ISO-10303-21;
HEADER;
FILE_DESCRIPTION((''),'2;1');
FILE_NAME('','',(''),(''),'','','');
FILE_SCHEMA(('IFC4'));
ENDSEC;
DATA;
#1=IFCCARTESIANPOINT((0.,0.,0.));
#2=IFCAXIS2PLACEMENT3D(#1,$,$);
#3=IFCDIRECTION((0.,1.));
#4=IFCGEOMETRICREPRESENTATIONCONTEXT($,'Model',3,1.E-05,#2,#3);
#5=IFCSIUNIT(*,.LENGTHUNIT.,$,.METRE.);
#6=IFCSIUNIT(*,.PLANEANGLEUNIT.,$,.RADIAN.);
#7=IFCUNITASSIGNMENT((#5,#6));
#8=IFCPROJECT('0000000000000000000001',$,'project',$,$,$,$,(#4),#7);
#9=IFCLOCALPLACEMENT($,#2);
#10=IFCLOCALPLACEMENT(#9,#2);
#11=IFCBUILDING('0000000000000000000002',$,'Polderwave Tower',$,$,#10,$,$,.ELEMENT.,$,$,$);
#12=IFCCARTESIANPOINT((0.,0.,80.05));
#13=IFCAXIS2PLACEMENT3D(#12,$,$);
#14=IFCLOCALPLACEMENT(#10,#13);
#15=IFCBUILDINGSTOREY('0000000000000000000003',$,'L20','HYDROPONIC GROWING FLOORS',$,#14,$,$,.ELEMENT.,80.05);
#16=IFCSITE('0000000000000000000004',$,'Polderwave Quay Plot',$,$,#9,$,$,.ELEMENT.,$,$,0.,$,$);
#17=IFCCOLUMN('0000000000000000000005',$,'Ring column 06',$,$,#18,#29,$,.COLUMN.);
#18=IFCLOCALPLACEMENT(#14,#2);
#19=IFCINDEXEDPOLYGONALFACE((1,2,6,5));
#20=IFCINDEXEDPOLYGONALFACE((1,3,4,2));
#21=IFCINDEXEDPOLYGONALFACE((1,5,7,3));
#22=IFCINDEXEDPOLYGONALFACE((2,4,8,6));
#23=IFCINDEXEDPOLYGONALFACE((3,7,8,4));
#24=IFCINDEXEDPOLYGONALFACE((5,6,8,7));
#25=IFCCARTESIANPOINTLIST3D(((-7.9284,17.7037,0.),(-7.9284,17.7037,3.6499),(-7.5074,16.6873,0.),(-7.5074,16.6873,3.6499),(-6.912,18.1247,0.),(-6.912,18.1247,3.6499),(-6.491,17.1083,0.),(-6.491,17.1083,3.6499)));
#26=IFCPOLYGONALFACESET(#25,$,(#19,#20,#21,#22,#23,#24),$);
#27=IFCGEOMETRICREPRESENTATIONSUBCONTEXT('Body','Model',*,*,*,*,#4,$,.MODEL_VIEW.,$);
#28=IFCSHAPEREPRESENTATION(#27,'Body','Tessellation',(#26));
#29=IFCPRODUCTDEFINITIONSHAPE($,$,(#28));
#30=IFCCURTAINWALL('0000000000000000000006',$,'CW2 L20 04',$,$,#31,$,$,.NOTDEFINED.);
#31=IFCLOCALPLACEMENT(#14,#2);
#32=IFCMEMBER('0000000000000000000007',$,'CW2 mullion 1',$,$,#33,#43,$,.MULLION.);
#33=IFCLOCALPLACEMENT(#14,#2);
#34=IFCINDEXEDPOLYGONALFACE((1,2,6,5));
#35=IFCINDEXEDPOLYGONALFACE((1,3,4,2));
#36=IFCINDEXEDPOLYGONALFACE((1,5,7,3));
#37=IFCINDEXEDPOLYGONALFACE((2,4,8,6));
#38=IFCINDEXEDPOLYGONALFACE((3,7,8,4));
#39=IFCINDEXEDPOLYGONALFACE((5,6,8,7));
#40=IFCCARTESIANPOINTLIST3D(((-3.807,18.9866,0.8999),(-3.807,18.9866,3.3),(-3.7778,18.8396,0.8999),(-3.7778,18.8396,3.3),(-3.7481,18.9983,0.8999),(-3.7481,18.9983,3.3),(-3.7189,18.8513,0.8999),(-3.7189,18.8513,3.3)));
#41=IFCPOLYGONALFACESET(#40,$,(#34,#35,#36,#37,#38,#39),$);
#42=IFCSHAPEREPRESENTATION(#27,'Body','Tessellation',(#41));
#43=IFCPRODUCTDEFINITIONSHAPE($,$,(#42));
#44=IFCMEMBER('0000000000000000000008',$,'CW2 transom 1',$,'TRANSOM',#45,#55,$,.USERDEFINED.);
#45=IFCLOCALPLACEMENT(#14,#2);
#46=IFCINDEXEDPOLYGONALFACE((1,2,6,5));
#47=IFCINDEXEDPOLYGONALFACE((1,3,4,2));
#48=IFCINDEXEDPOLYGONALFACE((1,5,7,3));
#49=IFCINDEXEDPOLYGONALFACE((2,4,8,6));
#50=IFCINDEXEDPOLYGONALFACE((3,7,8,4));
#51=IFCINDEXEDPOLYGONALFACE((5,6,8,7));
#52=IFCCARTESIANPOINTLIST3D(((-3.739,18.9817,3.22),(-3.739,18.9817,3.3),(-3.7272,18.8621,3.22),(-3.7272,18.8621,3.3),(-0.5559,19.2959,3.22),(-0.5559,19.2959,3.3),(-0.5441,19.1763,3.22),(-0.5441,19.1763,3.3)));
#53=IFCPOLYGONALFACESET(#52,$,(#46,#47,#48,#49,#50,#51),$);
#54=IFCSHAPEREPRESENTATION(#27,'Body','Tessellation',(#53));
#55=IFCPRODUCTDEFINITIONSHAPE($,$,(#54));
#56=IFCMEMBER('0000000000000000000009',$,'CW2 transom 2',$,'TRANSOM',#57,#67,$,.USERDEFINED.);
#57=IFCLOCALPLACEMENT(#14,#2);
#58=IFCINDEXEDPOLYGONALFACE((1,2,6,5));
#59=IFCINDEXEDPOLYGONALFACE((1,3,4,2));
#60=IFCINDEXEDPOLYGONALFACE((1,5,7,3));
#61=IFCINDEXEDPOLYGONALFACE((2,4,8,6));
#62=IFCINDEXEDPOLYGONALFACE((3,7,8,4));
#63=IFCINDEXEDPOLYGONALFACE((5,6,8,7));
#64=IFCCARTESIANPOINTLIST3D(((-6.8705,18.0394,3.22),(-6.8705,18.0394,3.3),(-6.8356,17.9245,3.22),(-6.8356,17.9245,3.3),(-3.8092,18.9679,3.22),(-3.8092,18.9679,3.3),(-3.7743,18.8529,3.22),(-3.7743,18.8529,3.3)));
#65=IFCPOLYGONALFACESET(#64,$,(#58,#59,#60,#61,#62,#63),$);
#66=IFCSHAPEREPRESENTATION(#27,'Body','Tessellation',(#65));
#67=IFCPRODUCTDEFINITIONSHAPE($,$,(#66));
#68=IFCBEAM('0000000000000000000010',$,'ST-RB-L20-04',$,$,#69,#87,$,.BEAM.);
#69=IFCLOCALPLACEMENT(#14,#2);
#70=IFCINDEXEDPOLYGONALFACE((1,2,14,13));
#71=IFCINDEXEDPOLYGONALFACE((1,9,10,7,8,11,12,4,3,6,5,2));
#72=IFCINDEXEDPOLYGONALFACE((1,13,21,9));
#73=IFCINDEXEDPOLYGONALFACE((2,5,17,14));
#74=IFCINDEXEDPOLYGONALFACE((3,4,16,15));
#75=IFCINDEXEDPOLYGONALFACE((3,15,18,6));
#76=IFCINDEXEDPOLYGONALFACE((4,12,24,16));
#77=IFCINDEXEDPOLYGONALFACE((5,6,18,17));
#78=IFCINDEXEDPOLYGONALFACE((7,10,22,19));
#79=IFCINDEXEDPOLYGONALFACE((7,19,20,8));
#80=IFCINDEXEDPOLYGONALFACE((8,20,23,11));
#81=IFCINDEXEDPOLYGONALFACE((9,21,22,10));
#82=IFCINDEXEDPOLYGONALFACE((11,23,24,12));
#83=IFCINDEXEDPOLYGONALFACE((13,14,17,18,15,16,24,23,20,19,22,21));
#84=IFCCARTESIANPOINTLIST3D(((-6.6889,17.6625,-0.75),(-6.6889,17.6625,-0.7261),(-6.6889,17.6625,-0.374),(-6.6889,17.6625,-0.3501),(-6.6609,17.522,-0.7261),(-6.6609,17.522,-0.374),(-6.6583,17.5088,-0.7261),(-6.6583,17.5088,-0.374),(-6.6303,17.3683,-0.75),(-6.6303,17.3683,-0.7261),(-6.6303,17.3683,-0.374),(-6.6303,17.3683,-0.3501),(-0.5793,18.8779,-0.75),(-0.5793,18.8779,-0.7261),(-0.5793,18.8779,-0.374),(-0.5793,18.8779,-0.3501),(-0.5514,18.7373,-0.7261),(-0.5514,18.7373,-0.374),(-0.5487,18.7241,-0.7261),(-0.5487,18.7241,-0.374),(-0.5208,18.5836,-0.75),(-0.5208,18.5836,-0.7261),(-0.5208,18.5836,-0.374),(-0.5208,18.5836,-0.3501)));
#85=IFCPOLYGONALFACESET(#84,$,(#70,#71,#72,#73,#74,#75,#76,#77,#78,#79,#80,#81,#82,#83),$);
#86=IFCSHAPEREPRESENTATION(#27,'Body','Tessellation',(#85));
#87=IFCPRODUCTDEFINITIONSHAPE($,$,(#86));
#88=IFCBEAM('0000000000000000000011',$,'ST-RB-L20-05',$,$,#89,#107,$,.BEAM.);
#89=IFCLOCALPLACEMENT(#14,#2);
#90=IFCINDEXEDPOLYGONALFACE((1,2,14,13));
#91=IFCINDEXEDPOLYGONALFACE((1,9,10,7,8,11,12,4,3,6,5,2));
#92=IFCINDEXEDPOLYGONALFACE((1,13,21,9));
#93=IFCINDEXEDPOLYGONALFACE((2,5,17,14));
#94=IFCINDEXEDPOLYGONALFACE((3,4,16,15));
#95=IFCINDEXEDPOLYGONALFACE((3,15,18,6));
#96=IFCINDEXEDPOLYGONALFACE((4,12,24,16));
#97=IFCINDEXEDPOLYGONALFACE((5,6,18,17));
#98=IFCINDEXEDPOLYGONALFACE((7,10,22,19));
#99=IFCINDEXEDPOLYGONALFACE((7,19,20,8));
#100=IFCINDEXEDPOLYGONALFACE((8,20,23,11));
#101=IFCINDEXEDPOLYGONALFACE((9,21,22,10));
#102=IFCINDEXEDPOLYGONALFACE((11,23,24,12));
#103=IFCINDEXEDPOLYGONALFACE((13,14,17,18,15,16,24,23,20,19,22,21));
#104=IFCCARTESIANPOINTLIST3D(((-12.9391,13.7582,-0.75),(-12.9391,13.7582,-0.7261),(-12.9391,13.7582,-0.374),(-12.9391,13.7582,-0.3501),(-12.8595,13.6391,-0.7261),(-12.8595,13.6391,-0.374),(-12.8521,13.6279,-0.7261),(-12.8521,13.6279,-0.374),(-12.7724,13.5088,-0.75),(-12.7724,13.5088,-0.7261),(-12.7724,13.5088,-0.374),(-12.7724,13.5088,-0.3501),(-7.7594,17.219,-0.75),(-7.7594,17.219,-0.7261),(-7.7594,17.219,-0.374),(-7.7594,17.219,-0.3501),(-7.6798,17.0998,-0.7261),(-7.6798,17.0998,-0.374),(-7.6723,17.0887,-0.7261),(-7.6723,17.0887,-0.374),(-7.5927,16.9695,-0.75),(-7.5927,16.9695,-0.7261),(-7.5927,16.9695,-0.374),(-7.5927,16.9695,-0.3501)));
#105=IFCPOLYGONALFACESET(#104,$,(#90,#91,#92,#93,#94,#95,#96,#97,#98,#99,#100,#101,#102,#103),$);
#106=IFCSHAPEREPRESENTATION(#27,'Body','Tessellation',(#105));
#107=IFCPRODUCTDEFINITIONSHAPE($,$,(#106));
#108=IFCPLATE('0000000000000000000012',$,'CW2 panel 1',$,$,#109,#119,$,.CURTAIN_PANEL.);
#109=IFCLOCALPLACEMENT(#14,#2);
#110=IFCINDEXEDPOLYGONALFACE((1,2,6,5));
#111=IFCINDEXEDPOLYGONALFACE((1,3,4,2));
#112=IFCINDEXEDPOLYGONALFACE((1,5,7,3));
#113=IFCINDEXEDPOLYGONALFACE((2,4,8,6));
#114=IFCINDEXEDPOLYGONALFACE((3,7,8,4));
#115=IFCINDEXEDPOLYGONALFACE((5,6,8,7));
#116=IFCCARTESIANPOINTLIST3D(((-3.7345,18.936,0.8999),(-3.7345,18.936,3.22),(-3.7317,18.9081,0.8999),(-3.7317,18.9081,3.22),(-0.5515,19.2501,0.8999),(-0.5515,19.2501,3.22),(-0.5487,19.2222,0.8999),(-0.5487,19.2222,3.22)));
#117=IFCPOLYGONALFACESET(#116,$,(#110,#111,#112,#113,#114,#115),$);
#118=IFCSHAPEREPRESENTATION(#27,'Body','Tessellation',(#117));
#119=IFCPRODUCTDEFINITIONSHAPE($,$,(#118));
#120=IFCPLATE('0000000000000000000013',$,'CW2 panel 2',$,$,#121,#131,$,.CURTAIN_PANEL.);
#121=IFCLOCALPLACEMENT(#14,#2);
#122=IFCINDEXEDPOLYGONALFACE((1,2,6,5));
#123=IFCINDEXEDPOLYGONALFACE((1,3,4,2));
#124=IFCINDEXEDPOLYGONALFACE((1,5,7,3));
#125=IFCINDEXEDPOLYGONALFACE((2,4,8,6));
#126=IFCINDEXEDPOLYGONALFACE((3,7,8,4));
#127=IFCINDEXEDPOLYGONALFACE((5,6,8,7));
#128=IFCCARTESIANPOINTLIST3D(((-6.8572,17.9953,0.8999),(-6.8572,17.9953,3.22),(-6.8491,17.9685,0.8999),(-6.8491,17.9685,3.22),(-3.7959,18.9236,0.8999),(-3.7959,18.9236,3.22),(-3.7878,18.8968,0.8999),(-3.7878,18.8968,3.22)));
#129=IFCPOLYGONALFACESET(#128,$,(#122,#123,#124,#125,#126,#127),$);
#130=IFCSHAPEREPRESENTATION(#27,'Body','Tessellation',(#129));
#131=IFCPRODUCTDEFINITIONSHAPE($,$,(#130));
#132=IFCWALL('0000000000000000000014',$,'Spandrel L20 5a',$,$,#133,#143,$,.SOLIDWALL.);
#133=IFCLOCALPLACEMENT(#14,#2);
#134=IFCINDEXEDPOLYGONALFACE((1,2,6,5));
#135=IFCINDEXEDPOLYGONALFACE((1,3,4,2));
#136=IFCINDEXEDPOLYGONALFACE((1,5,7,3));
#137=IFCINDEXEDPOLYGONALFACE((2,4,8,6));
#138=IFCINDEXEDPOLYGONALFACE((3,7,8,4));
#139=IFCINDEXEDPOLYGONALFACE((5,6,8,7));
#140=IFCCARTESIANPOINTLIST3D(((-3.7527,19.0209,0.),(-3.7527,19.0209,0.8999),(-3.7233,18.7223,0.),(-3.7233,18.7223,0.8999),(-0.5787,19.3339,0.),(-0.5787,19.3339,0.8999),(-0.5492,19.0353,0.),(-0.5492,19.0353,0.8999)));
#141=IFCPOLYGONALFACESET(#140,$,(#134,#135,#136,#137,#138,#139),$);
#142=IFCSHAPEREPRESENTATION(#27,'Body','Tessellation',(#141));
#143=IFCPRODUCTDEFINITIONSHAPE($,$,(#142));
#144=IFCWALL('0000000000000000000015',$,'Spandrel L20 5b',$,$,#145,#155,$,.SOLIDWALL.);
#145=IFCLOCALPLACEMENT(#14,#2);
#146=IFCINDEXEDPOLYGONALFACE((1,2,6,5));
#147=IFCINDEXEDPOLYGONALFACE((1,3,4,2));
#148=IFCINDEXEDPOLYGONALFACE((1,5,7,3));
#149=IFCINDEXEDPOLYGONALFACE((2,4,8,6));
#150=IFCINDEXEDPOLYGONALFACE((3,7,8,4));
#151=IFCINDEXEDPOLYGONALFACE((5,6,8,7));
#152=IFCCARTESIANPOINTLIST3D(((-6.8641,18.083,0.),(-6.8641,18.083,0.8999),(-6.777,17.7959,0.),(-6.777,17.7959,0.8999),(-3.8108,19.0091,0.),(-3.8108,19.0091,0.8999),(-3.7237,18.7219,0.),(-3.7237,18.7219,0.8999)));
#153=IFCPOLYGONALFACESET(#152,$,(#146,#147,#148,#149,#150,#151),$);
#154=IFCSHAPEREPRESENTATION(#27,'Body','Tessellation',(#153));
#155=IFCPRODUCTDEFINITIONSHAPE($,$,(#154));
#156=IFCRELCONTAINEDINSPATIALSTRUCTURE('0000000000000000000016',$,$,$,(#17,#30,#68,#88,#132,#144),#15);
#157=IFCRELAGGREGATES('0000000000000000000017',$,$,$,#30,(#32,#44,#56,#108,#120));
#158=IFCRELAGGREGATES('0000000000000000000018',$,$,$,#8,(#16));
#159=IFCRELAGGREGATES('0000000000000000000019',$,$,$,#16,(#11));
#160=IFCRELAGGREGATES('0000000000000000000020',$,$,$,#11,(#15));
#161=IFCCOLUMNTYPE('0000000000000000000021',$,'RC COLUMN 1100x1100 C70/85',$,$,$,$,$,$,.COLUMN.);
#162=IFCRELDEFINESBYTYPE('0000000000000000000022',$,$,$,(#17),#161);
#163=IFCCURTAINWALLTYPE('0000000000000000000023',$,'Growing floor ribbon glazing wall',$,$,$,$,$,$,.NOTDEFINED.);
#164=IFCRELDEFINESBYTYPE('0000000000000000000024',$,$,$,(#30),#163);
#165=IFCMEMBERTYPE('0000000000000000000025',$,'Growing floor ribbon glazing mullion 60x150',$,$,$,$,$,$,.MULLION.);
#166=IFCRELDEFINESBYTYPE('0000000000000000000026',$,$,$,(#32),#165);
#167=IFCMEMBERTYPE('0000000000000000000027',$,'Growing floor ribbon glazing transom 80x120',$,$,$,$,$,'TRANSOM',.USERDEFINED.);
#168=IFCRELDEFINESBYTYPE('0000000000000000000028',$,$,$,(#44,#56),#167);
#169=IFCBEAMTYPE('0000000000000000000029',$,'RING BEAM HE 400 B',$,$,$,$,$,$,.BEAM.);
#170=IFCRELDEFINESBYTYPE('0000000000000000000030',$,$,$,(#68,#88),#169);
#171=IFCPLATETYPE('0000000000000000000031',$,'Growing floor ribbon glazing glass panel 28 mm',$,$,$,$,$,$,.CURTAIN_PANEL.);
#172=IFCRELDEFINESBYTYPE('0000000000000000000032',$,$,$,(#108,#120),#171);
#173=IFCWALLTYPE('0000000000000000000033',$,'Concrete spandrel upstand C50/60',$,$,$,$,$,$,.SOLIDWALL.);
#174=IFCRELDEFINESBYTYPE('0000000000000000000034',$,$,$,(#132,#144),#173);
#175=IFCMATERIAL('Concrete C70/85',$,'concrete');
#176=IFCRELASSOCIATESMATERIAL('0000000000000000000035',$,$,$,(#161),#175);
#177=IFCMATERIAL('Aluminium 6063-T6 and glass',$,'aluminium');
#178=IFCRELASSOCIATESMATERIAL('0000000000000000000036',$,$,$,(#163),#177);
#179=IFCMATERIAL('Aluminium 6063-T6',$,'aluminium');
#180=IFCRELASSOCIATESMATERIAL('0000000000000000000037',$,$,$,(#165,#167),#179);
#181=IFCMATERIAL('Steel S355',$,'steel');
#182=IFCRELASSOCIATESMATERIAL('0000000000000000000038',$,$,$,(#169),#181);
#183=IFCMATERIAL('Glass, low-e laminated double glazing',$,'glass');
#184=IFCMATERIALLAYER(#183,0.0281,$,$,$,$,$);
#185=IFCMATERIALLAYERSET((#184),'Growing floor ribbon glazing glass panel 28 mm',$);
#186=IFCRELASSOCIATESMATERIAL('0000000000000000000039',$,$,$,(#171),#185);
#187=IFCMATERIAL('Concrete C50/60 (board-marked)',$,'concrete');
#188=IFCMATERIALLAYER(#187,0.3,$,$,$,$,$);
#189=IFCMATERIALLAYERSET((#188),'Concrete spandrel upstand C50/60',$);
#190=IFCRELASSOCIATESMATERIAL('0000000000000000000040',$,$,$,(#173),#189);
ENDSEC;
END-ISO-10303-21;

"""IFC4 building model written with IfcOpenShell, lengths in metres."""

from ifc_helpers import new_model, si_unit, direction, frame, frame_2d, origin, origin_2d, place, context, subcontext, project, spatial, rectangle, i_section, extrude, material, layer, layer_set, material_profile, profile_set, type_object, element, aggregate, save


model = new_model("IFC4")

# Units and contexts
model_context = context("Model", 3, precision=1e-05, world=origin(), true_north=direction((0.0, 1.0)))
body_context = subcontext(model_context, "Body", "Model", "MODEL_VIEW")
ifc_project = project(units=[si_unit("LENGTHUNIT", "METRE"), si_unit("PLANEANGLEUNIT", "RADIAN")], contexts=[model_context])

# Site, building, storey
site_placement = place(None, origin())
site = spatial("IfcSite", under=ifc_project, at=site_placement, Name="Polderwave Quay Plot", CompositionType="ELEMENT", RefElevation=0.0)
building_placement = place(site_placement, origin())
building = spatial("IfcBuilding", under=site, at=building_placement, Name="Polderwave Tower", CompositionType="ELEMENT")
storey_placement = place(building_placement, frame((0.0, 0.0, 80.05)))
storey = spatial("IfcBuildingStorey", under=building, at=storey_placement, Name="L20", Description="HYDROPONIC GROWING FLOORS", CompositionType="ELEMENT", Elevation=80.05)

# Column
ifc_material_1 = material(Name="Concrete C70/85", Category="concrete")
ifc_material_profile_1 = material_profile(ifc_material_1, rectangle(XDim=1.1001, YDim=1.1001, at=origin_2d()), Name="RC 1100x1100")
ifc_profile_set_1 = profile_set([ifc_material_profile_1], Name="Concrete C70/85")
column_type = type_object("IfcColumnType", Name="RC COLUMN 1100x1100 C70/85", PredefinedType="COLUMN", material=ifc_profile_set_1)
column_placement = place(storey_placement, frame((-7.2097, 17.406, 0.0), z_axis=(0.0, 0.0, 1.0), x_axis=(-0.382683, 0.92388, 0.0)))
element("IfcColumn", 1, at=column_placement, inside=storey, type_object=column_type, Name="Ring column 06", PredefinedType="COLUMN", context=body_context, shape_type="SweptSolid", body=[
    extrude(rectangle(XDim=1.1001, YDim=1.1001, at=origin_2d()), origin(), (0.0, 0.0, 1.0), 3.6499),
])

# Curtain wall, members
ifc_material_2 = material(Name="Aluminium 6063-T6 and glass", Category="aluminium")
curtain_wall_type = type_object("IfcCurtainWallType", Name="Growing floor ribbon glazing wall", PredefinedType="NOTDEFINED", material=ifc_material_2)
curtain_wall_placement = place(storey_placement, origin())
curtain_wall = element("IfcCurtainWall", 2, at=curtain_wall_placement, inside=storey, type_object=curtain_wall_type, Name="CW2 L20 04", PredefinedType="NOTDEFINED")
ifc_material_3 = material(Name="Aluminium 6063-T6", Category="aluminium")
ifc_material_profile_2 = material_profile(ifc_material_3, rectangle(XDim=0.1499, YDim=0.0601, at=origin_2d()), Name="AL 60x150")
ifc_profile_set_2 = profile_set([ifc_material_profile_2], Name="Aluminium 6063-T6")
member_type_1 = type_object("IfcMemberType", Name="Growing floor ribbon glazing mullion 60x150", PredefinedType="MULLION", material=ifc_profile_set_2)
member_1_placement = place(storey_placement, frame((-3.7629, 18.9189, 0.8999), z_axis=(0.0, 0.0, 1.0), x_axis=(0.195123, -0.980779, 0.0)))
member_1 = element("IfcMember", 3, at=member_1_placement, type_object=member_type_1, Name="CW2 mullion 1", PredefinedType="MULLION", context=body_context, shape_type="SweptSolid", body=[
    extrude(rectangle(XDim=0.1499, YDim=0.0601, at=origin_2d()), origin(), (0.0, 0.0, 1.0), 2.4001),
])
ifc_material_profile_3 = material_profile(ifc_material_3, rectangle(XDim=0.1201, YDim=0.0801, at=origin_2d()), Name="AL 80x120")
ifc_profile_set_3 = profile_set([ifc_material_profile_3], Name="Aluminium 6063-T6")
member_type_2 = type_object("IfcMemberType", Name="Growing floor ribbon glazing transom 80x120", ElementType="TRANSOM", PredefinedType="USERDEFINED", material=ifc_profile_set_3)
member_2_placement = place(storey_placement, frame((-0.55, 19.2361, 3.26), z_axis=(-0.995163, -0.098234, 0.0), x_axis=(0.098234, -0.995163, 0.0)))
member_2 = element("IfcMember", 4, at=member_2_placement, type_object=member_type_2, Name="CW2 transom 1", ObjectType="TRANSOM", PredefinedType="USERDEFINED", context=body_context, shape_type="SweptSolid", body=[
    extrude(rectangle(XDim=0.1201, YDim=0.0801, at=origin_2d()), origin(), (0.0, 0.0, 1.0), 3.1985),
])
member_3_placement = place(storey_placement, frame((-3.7917, 18.9104, 3.26), z_axis=(-0.956954, -0.290238, 0.0), x_axis=(0.290238, -0.956954, 0.0)))
member_3 = element("IfcMember", 5, at=member_3_placement, type_object=member_type_2, Name="CW2 transom 2", ObjectType="TRANSOM", PredefinedType="USERDEFINED", context=body_context, shape_type="SweptSolid", body=[
    extrude(rectangle(XDim=0.1201, YDim=0.0801, at=origin_2d()), origin(), (0.0, 0.0, 1.0), 3.199),
])

# Beams
ifc_material_4 = material(Name="Steel S355", Category="steel")
ifc_material_profile_4 = material_profile(ifc_material_4, i_section(OverallWidth=0.3, OverallDepth=0.3999, WebThickness=0.0134, FlangeThickness=0.0239, at=origin_2d()), Name="HE 400 B")
ifc_profile_set_4 = profile_set([ifc_material_profile_4], Name="Steel S355")
beam_type = type_object("IfcBeamType", Name="RING BEAM HE 400 B", PredefinedType="BEAM", material=ifc_profile_set_4)
beam_1_placement = place(storey_placement, frame((-0.55, 18.7307, -0.55), z_axis=(-0.980784, -0.195099, 0.0), x_axis=(0.195099, -0.980784, 0.0)))
element("IfcBeam", 6, at=beam_1_placement, inside=storey, type_object=beam_type, Name="ST-RB-L20-04", PredefinedType="BEAM", context=body_context, shape_type="SweptSolid", body=[
    extrude(i_section(OverallWidth=0.3, OverallDepth=0.3999, WebThickness=0.0134, FlangeThickness=0.0239, at=origin_2d()), origin(), (0.0, 0.0, 1.0), 6.2292),
])
beam_2_placement = place(storey_placement, frame((-7.676, 17.0942, -0.55), z_axis=(-0.831489, -0.555541, 0.0), x_axis=(0.555541, -0.831489, 0.0)))
element("IfcBeam", 7, at=beam_2_placement, inside=storey, type_object=beam_type, Name="ST-RB-L20-05", PredefinedType="BEAM", context=body_context, shape_type="SweptSolid", body=[
    extrude(i_section(OverallWidth=0.3, OverallDepth=0.3999, WebThickness=0.0134, FlangeThickness=0.0239, at=origin_2d()), origin(), (0.0, 0.0, 1.0), 6.2295),
])

# Plates
ifc_material_5 = material(Name="Glass, low-e laminated double glazing", Category="glass")
ifc_layer_1 = layer(ifc_material_5, 0.0281)
ifc_layer_set_1 = layer_set([ifc_layer_1], Name="Growing floor ribbon glazing glass panel 28 mm")
plate_type = type_object("IfcPlateType", Name="Growing floor ribbon glazing glass panel 28 mm", PredefinedType="CURTAIN_PANEL", material=ifc_layer_set_1)
plate_1_placement = place(storey_placement, frame((-2.1416, 19.0791, 0.8999), z_axis=(0.0, 0.0, 1.0), x_axis=(-0.995168, -0.098186, 0.0)))
plate_1 = element("IfcPlate", 8, at=plate_1_placement, type_object=plate_type, Name="CW2 panel 1", PredefinedType="CURTAIN_PANEL", context=body_context, shape_type="SweptSolid", body=[
    extrude(rectangle(XDim=3.1985, YDim=0.0281, at=origin_2d()), origin(), (0.0, 0.0, 1.0), 2.3201),
])
plate_2_placement = place(storey_placement, frame((-5.3225, 18.446, 0.8999), z_axis=(0.0, 0.0, 1.0), x_axis=(-0.95697, -0.290188, 0.0)))
plate_2 = element("IfcPlate", 9, at=plate_2_placement, type_object=plate_type, Name="CW2 panel 2", PredefinedType="CURTAIN_PANEL", context=body_context, shape_type="SweptSolid", body=[
    extrude(rectangle(XDim=3.199, YDim=0.0281, at=origin_2d()), origin(), (0.0, 0.0, 1.0), 2.3201),
])
aggregate(curtain_wall, [member_1, member_2, member_3, plate_1, plate_2])

# Walls
ifc_material_6 = material(Name="Concrete C50/60 (board-marked)", Category="concrete")
ifc_layer_2 = layer(ifc_material_6, 0.3)
ifc_layer_set_2 = layer_set([ifc_layer_2], Name="Concrete spandrel upstand C50/60")
wall_type_1 = type_object("IfcWallType", Name="Concrete spandrel upstand C50/60", PredefinedType="SOLIDWALL", material=ifc_layer_set_2)
wall_1_placement = place(storey_placement, frame((-0.564, 19.1846, 0.0), z_axis=(0.0, 0.0, 1.0), x_axis=(-0.995173, -0.098132, 0.0)))
element("IfcWall", 10, at=wall_1_placement, inside=storey, type_object=wall_type_1, Name="Spandrel L20 5a", PredefinedType="SOLIDWALL", context=body_context, shape_type="SweptSolid", body=[
    extrude(rectangle(XDim=3.1895, YDim=0.3, at=frame_2d((1.5947, 0.0))), origin(), (0.0, 0.0, 1.0), 0.8999),
])
wall_2_placement = place(storey_placement, frame((-3.7673, 18.8655, 0.0), z_axis=(0.0, 0.0, 1.0), x_axis=(-0.956954, -0.290239, 0.0)))
element("IfcWall", 11, at=wall_2_placement, inside=storey, type_object=wall_type_1, Name="Spandrel L20 5b", PredefinedType="SOLIDWALL", context=body_context, shape_type="SweptSolid", body=[
    extrude(rectangle(XDim=3.1907, YDim=0.3, at=frame_2d((1.5952, 0.0))), origin(), (0.0, 0.0, 1.0), 0.8999),
])

save(model, "model.ifc")
